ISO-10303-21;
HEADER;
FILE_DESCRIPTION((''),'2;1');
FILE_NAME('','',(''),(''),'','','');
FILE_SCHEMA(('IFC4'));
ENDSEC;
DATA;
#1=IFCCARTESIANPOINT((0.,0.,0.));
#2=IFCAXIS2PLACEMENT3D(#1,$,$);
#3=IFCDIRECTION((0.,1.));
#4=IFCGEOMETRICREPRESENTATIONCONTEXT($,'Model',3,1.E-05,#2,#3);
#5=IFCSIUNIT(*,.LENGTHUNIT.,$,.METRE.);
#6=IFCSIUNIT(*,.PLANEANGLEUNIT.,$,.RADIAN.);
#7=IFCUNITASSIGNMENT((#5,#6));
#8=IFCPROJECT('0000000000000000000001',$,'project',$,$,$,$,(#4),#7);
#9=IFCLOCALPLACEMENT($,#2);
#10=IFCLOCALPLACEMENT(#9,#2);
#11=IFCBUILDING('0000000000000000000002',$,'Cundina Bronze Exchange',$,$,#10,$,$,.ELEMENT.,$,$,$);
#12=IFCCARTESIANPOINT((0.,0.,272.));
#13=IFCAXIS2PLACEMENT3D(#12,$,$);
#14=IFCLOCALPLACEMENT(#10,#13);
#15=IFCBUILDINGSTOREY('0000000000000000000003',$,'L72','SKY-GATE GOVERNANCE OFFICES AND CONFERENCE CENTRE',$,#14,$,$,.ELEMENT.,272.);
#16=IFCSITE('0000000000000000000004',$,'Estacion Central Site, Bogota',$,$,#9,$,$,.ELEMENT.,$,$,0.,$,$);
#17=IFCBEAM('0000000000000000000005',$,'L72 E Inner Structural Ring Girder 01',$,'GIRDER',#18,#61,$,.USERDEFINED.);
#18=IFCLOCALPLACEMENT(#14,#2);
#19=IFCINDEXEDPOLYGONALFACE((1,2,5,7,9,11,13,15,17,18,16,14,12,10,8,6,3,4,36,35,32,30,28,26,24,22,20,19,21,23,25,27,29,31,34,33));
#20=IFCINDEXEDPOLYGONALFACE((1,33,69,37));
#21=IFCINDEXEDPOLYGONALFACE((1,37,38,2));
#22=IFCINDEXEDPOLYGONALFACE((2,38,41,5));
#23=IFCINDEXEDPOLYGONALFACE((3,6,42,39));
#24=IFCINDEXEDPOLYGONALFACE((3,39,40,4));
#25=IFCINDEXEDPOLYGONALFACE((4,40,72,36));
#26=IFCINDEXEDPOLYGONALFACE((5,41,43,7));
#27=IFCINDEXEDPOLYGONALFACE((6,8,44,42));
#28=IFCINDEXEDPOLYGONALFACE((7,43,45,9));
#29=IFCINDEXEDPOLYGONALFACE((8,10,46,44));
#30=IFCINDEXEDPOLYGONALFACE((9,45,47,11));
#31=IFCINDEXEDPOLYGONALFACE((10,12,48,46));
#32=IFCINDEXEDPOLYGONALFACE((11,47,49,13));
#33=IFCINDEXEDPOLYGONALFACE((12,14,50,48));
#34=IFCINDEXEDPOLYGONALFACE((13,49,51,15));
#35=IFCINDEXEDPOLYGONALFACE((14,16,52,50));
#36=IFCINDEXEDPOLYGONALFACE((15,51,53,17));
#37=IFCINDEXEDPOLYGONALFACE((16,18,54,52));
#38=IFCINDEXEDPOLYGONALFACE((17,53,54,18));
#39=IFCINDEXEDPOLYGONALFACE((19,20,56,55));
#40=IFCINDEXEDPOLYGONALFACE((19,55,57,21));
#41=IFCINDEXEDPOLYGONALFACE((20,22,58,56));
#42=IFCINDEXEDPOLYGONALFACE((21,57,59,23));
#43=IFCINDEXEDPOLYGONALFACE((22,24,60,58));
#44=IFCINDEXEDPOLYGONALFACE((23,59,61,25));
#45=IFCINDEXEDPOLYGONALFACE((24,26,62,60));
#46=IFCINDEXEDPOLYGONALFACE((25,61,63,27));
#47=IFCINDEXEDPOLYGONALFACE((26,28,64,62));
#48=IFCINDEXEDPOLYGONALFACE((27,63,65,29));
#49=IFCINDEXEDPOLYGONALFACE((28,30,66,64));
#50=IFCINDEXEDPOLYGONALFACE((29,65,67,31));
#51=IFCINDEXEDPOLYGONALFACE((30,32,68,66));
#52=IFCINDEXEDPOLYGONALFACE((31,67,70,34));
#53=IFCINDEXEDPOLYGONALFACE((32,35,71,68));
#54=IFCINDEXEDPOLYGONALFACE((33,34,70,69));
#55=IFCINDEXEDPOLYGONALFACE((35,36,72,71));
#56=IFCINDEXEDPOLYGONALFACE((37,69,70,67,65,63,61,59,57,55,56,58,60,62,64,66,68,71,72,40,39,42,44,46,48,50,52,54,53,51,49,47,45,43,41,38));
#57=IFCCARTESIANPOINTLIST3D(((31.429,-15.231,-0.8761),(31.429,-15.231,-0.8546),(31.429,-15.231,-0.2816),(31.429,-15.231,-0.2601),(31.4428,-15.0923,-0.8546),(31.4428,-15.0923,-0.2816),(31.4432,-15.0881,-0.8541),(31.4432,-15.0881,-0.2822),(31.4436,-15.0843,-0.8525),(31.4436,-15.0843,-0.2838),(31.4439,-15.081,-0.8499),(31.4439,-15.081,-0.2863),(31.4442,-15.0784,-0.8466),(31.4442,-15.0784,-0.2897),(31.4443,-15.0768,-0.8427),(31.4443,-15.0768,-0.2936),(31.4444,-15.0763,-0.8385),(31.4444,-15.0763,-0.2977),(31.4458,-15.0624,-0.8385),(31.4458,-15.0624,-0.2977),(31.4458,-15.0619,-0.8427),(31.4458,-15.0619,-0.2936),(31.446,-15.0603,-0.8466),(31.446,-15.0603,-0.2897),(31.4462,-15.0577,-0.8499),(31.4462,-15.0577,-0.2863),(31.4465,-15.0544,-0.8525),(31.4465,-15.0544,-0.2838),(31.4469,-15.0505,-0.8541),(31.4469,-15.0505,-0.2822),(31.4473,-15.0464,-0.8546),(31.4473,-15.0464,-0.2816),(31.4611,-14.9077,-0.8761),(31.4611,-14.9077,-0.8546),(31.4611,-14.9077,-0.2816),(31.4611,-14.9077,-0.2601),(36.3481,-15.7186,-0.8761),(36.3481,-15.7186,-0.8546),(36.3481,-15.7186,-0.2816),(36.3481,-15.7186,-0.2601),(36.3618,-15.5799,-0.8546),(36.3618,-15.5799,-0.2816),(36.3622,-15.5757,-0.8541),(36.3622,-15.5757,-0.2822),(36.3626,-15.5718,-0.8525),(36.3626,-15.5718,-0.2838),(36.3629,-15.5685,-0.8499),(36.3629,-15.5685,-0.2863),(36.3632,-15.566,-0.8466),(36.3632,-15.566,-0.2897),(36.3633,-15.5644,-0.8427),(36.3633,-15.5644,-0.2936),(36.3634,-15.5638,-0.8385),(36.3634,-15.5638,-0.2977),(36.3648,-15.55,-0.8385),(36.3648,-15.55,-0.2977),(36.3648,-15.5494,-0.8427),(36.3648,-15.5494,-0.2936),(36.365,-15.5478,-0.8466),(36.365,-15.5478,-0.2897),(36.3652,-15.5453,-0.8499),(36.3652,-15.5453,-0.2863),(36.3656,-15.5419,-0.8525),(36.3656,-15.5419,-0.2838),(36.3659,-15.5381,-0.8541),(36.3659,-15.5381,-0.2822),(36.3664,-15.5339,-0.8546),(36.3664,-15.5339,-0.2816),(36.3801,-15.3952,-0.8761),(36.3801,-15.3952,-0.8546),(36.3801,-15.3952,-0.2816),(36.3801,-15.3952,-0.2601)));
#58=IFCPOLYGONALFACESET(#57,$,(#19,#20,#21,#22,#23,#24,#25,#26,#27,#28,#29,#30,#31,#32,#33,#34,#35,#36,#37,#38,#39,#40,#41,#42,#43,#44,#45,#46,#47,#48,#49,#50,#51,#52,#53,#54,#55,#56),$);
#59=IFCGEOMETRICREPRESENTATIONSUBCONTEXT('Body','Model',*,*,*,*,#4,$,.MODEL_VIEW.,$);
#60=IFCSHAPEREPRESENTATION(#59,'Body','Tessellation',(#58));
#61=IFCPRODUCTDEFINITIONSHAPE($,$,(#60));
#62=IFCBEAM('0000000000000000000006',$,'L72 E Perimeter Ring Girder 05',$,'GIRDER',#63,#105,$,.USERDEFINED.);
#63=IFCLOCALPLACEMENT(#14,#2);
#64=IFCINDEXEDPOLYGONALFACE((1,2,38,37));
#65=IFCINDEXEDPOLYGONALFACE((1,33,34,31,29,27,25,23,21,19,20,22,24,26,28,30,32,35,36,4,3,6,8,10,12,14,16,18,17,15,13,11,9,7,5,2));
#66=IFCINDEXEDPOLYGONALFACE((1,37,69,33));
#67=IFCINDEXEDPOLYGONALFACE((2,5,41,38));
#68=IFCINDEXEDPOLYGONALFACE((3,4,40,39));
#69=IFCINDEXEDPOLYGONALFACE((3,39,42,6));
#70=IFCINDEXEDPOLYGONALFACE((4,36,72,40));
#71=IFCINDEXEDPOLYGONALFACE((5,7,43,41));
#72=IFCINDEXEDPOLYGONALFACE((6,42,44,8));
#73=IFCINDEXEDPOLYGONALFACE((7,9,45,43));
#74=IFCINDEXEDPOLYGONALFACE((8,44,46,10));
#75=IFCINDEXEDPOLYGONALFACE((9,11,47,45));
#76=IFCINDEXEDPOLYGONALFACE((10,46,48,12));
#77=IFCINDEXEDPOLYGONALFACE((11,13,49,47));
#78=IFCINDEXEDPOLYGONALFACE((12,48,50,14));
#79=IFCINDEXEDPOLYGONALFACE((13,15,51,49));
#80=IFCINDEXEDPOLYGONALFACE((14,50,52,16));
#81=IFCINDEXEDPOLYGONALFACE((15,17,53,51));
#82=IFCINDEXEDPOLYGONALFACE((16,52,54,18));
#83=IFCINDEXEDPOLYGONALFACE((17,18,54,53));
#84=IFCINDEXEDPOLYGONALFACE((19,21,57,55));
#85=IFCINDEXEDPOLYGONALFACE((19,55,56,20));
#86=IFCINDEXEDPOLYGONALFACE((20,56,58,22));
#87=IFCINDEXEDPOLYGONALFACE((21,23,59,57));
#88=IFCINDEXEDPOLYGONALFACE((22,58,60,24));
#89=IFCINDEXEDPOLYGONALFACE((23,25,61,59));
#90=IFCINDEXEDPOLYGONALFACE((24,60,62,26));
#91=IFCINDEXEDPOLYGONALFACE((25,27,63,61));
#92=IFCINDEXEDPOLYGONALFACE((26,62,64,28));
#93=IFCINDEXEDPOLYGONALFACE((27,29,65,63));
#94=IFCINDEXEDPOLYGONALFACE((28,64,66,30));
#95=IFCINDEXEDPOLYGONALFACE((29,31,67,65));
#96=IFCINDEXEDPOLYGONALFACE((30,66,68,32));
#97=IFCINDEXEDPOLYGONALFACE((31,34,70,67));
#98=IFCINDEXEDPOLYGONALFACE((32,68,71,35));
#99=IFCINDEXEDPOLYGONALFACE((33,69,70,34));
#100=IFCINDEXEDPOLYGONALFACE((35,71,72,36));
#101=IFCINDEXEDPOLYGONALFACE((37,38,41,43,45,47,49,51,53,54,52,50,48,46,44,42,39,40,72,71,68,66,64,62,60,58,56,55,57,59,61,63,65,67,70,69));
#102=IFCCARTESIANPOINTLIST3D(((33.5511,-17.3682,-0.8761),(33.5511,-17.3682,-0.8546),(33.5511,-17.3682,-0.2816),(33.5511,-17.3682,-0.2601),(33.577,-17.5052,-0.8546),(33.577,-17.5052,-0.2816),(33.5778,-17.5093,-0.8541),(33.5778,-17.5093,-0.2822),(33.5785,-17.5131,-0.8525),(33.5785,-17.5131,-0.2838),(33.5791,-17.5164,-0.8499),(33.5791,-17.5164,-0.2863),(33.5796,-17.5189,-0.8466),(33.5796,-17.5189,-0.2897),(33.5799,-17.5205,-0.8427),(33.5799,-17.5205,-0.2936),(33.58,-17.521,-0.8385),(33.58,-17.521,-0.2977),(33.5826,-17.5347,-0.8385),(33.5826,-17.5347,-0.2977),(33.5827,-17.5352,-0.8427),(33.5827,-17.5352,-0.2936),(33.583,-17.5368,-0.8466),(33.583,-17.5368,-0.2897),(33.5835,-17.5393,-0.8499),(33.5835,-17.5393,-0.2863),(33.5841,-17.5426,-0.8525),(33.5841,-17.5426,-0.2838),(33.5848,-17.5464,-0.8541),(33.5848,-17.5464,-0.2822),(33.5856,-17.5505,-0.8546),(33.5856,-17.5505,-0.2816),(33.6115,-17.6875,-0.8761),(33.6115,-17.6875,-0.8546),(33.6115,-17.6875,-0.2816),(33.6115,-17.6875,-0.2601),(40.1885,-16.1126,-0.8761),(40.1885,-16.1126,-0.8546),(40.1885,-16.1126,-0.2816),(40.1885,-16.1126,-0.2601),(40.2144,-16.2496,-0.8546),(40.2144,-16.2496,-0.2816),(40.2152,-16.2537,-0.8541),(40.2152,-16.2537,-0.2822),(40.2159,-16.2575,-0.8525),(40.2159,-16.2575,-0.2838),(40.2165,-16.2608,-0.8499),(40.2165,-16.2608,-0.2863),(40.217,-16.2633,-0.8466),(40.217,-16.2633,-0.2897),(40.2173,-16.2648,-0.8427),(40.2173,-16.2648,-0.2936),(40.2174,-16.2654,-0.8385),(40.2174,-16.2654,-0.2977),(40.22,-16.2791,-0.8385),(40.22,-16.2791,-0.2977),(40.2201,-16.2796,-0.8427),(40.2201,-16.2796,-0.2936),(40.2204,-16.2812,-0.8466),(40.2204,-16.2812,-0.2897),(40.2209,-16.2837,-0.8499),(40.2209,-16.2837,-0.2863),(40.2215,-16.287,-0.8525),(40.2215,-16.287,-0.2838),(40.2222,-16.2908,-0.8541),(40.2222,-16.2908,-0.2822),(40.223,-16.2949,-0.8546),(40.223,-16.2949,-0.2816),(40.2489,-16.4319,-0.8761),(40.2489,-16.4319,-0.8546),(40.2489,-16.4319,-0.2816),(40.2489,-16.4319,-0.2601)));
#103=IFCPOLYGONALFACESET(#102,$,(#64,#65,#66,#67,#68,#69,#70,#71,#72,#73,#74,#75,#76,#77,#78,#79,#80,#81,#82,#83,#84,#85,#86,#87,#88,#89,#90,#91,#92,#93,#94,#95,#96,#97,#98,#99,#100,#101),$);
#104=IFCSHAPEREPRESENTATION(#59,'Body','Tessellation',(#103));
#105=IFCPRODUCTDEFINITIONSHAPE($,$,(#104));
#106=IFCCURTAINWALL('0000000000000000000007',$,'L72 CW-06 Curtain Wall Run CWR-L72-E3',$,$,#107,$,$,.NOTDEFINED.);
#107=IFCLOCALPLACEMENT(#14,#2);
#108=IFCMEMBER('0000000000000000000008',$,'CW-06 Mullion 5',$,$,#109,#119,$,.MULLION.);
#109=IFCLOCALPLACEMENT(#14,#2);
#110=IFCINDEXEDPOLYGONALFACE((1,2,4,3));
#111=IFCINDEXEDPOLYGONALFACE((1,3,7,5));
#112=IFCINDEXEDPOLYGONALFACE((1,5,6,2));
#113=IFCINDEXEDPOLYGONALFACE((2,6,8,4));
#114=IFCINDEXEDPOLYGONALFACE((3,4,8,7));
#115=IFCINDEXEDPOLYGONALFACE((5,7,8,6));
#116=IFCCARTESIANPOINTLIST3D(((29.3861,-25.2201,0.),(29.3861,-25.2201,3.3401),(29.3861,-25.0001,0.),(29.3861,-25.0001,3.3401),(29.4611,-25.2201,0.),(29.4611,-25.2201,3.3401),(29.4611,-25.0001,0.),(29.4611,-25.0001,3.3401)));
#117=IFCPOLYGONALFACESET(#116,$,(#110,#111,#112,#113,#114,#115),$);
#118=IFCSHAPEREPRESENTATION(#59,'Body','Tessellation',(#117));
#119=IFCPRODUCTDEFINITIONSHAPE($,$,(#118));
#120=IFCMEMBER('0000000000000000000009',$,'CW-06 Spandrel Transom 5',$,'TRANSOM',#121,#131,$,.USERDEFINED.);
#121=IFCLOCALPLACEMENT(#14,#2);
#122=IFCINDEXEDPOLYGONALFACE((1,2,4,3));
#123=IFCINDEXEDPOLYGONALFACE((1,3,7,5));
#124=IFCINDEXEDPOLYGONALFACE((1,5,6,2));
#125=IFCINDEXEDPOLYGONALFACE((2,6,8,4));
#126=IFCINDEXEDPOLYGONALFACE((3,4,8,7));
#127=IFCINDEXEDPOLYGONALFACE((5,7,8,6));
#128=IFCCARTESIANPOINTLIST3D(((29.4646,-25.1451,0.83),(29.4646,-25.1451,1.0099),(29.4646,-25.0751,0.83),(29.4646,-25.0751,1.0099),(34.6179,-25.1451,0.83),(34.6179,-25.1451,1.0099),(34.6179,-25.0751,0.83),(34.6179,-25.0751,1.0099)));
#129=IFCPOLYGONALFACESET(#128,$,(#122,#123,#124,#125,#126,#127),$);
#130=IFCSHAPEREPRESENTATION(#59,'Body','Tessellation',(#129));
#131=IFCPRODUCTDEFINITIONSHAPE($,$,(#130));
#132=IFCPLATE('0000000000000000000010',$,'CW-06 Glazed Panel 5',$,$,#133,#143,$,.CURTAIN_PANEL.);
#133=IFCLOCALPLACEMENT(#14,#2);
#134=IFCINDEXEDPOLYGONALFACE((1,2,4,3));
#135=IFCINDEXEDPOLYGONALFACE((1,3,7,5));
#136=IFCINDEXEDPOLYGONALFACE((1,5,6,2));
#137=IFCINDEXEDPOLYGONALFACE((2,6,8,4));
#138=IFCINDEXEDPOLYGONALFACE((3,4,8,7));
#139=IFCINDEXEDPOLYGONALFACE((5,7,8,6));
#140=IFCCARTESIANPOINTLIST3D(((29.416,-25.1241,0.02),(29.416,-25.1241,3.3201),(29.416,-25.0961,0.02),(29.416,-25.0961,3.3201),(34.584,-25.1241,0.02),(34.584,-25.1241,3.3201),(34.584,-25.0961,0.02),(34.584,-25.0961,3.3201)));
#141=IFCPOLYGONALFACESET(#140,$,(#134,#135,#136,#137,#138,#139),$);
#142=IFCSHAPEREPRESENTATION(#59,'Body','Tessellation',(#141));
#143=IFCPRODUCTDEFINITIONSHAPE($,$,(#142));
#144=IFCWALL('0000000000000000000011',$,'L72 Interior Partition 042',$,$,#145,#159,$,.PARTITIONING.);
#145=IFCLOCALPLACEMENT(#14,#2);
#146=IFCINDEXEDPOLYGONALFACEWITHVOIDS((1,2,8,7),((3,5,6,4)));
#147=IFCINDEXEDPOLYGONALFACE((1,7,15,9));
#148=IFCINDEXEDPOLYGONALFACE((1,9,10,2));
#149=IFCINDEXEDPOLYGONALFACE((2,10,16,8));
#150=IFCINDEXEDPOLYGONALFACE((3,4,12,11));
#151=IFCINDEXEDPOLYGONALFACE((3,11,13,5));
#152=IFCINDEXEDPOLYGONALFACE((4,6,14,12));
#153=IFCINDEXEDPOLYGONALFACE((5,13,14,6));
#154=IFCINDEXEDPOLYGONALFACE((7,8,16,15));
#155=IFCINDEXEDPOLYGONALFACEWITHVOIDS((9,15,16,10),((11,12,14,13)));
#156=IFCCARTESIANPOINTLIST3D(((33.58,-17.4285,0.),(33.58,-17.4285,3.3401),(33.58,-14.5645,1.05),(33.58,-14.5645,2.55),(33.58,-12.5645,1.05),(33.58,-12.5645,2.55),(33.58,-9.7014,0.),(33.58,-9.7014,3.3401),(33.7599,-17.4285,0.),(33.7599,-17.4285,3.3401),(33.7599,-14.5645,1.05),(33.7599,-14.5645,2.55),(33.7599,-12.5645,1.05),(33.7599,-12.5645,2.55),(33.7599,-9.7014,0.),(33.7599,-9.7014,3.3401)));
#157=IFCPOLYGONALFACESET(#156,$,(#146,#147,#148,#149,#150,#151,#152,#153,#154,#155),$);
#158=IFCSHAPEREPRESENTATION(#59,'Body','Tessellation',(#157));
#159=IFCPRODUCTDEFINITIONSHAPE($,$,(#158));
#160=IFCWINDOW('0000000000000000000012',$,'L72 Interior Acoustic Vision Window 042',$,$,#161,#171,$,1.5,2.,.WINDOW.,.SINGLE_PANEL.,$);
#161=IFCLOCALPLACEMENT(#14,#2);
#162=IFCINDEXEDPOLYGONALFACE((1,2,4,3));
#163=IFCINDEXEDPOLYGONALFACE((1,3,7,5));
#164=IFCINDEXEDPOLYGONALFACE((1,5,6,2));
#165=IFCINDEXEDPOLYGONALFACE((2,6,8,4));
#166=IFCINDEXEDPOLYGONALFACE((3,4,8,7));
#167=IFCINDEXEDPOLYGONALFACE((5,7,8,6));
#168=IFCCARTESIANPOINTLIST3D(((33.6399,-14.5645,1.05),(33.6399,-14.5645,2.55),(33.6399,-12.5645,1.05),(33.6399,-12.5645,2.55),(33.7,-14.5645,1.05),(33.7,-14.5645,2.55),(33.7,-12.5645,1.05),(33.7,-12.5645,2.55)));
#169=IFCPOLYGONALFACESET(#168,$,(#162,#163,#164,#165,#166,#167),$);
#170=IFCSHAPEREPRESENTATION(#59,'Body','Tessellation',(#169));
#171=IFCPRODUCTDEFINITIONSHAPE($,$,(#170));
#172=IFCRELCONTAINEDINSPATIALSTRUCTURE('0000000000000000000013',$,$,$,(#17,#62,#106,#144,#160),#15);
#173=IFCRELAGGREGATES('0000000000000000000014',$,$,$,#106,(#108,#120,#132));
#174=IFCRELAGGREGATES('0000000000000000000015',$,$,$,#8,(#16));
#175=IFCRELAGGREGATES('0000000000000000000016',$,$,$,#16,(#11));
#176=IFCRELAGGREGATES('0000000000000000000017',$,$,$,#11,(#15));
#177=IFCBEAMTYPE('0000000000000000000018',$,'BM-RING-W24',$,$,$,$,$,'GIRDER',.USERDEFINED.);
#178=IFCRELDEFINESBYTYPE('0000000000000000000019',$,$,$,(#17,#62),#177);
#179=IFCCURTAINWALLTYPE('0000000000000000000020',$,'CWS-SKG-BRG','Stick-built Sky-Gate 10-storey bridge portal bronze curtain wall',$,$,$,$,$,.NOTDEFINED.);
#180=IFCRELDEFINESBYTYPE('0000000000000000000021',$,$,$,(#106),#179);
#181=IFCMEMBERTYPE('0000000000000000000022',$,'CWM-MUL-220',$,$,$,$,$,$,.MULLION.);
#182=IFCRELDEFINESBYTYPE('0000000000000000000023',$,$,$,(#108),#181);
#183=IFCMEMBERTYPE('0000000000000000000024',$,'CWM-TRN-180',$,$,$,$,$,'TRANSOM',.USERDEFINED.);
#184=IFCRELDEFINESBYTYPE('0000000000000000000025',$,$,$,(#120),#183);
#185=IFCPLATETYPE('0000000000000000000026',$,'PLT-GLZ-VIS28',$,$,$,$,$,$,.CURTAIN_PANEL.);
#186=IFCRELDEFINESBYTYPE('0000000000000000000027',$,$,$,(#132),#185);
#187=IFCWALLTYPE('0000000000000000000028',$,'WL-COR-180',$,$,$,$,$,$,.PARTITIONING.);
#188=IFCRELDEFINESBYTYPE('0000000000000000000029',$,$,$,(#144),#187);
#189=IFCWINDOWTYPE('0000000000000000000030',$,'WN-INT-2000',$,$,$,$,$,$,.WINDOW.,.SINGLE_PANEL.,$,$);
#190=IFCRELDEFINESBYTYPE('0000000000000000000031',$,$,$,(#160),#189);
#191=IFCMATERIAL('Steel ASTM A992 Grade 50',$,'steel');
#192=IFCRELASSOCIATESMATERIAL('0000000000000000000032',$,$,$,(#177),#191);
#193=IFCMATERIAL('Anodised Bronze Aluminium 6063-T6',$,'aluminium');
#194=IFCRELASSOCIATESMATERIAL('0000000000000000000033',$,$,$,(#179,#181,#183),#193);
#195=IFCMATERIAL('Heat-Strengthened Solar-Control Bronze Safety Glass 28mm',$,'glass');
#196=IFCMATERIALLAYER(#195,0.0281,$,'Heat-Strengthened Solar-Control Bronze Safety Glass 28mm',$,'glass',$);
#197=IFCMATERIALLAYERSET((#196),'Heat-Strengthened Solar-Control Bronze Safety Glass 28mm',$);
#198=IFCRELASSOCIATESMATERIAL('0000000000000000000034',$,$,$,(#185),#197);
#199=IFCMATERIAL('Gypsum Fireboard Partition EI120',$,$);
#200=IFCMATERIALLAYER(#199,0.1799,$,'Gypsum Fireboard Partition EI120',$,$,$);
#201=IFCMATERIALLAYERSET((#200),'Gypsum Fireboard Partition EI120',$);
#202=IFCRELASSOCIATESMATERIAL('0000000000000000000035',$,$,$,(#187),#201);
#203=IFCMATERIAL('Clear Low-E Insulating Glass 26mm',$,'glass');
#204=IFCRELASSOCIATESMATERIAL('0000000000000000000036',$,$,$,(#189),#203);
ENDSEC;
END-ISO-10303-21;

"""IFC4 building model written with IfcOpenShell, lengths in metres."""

from ifc_helpers import new_model, si_unit, direction, frame, frame_2d, origin, origin_2d, place, context, subcontext, project, spatial, rectangle, i_section, extrude, material, layer, layer_set, material_profile, profile_set, type_object, element, fill, aggregate, save


model = new_model("IFC4")

# Units and contexts
model_context = context("Model", 3, precision=1e-05, world=origin(), true_north=direction((0.0, 1.0)))
body_context = subcontext(model_context, "Body", "Model", "MODEL_VIEW")
ifc_project = project(units=[si_unit("LENGTHUNIT", "METRE"), si_unit("PLANEANGLEUNIT", "RADIAN")], contexts=[model_context])

# Site, building, storey
site_placement = place(None, origin())
site = spatial("IfcSite", under=ifc_project, at=site_placement, Name="Estacion Central Site, Bogota", CompositionType="ELEMENT", RefElevation=0.0)
building_placement = place(site_placement, origin())
building = spatial("IfcBuilding", under=site, at=building_placement, Name="Cundina Bronze Exchange", CompositionType="ELEMENT")
storey_placement = place(building_placement, frame((0.0, 0.0, 272.0)))
storey = spatial("IfcBuildingStorey", under=building, at=storey_placement, Name="L72", Description="SKY-GATE GOVERNANCE OFFICES AND CONFERENCE CENTRE", CompositionType="ELEMENT", Elevation=272.0)

# Shared definitions
ifc_material_1 = material(Name="Steel ASTM A992 Grade 50", Category="steel")

# Beams
ifc_material_profile_1 = material_profile(ifc_material_1, i_section(OverallWidth=0.325, OverallDepth=0.616, WebThickness=0.0139, FlangeThickness=0.0215, FilletRadius=0.0161, at=origin_2d()), Name="W24X117", Category="steel")
ifc_profile_set_1 = profile_set([ifc_material_profile_1], Name="Steel ASTM A992 Grade 50")
beam_type_1 = type_object("IfcBeamType", Name="BM-RING-W24", ElementType="GIRDER", PredefinedType="USERDEFINED", material=ifc_profile_set_1)
beam_1_placement = place(storey_placement, frame((31.4451, -15.0693, -0.5681), z_axis=(0.995124, -0.098633, 0.0), x_axis=(0.098633, 0.995124, 0.0)))
element("IfcBeam", 1, at=beam_1_placement, inside=storey, type_object=beam_type_1, Name="L72 E Inner Structural Ring Girder 01", ObjectType="GIRDER", PredefinedType="USERDEFINED", context=body_context, shape_type="SweptSolid", body=[
    extrude(i_section(OverallWidth=0.325, OverallDepth=0.616, WebThickness=0.0139, FlangeThickness=0.0215, FilletRadius=0.0161, at=origin_2d()), origin(), (0.0, 0.0, 1.0), 4.9431),
])
beam_2_placement = place(storey_placement, frame((33.5813, -17.5278, -0.5681), z_axis=(0.982573, 0.185875, 0.0), x_axis=(-0.185875, 0.982573, 0.0)))
element("IfcBeam", 2, at=beam_2_placement, inside=storey, type_object=beam_type_1, Name="L72 E Perimeter Ring Girder 05", ObjectType="GIRDER", PredefinedType="USERDEFINED", context=body_context, shape_type="SweptSolid", body=[
    extrude(i_section(OverallWidth=0.325, OverallDepth=0.616, WebThickness=0.0139, FlangeThickness=0.0215, FilletRadius=0.0161, at=origin_2d()), origin(), (0.0, 0.0, 1.0), 6.7551),
])

# Curtain wall, members, plate
ifc_material_2 = material(Name="Anodised Bronze Aluminium 6063-T6", Category="aluminium")
curtain_wall_type = type_object("IfcCurtainWallType", Name="CWS-SKG-BRG", Description="Stick-built Sky-Gate 10-storey bridge portal bronze curtain wall", PredefinedType="NOTDEFINED", material=ifc_material_2)
curtain_wall_placement = place(storey_placement, origin())
curtain_wall = element("IfcCurtainWall", 3, at=curtain_wall_placement, inside=storey, type_object=curtain_wall_type, Name="L72 CW-06 Curtain Wall Run CWR-L72-E3", PredefinedType="NOTDEFINED")
ifc_material_profile_2 = material_profile(ifc_material_2, rectangle(XDim=0.075, YDim=0.22, at=origin_2d()), Name="AL75X220", Category="aluminium")
ifc_profile_set_2 = profile_set([ifc_material_profile_2], Name="Anodised Bronze Aluminium 6063-T6")
member_type_1 = type_object("IfcMemberType", Name="CWM-MUL-220", PredefinedType="MULLION", material=ifc_profile_set_2)
member_1_placement = place(storey_placement, frame((29.4236, -25.1101, 0.0), z_axis=(0.0, 0.0, 1.0), x_axis=(1.0, 0.0, 0.0)))
member_1 = element("IfcMember", 4, at=member_1_placement, type_object=member_type_1, Name="CW-06 Mullion 5", PredefinedType="MULLION", context=body_context, shape_type="SweptSolid", body=[
    extrude(rectangle(XDim=0.075, YDim=0.22, at=origin_2d()), origin(), (0.0, 0.0, 1.0), 3.3401),
])
ifc_material_profile_3 = material_profile(ifc_material_2, rectangle(XDim=0.0701, YDim=0.1799, at=origin_2d()), Name="AL70X180", Category="aluminium")
ifc_profile_set_3 = profile_set([ifc_material_profile_3], Name="Anodised Bronze Aluminium 6063-T6")
member_type_2 = type_object("IfcMemberType", Name="CWM-TRN-180", ElementType="TRANSOM", PredefinedType="USERDEFINED", material=ifc_profile_set_3)
member_2_placement = place(storey_placement, frame((29.4646, -25.1101, 0.9199), z_axis=(1.0, 0.0, 0.0), x_axis=(0.0, 1.0, 0.0)))
member_2 = element("IfcMember", 5, at=member_2_placement, type_object=member_type_2, Name="CW-06 Spandrel Transom 5", ObjectType="TRANSOM", PredefinedType="USERDEFINED", context=body_context, shape_type="SweptSolid", body=[
    extrude(rectangle(XDim=0.0701, YDim=0.1799, at=origin_2d()), origin(), (0.0, 0.0, 1.0), 5.1533),
])
ifc_material_3 = material(Name="Heat-Strengthened Solar-Control Bronze Safety Glass 28mm", Category="glass")
ifc_layer_1 = layer(ifc_material_3, 0.0281, Name="Heat-Strengthened Solar-Control Bronze Safety Glass 28mm", Category="glass")
ifc_layer_set_1 = layer_set([ifc_layer_1], Name="Heat-Strengthened Solar-Control Bronze Safety Glass 28mm")
plate_type = type_object("IfcPlateType", Name="PLT-GLZ-VIS28", PredefinedType="CURTAIN_PANEL", material=ifc_layer_set_1)
plate_placement = place(storey_placement, frame((32.0, -25.1101, 0.02), z_axis=(0.0, 0.0, 1.0), x_axis=(1.0, 0.0, 0.0)))
plate = element("IfcPlate", 6, at=plate_placement, type_object=plate_type, Name="CW-06 Glazed Panel 5", PredefinedType="CURTAIN_PANEL", context=body_context, shape_type="SweptSolid", body=[
    extrude(rectangle(XDim=5.168, YDim=0.0281, at=origin_2d()), origin(), (0.0, 0.0, 1.0), 3.3),
])
aggregate(curtain_wall, [member_1, member_2, plate])

# Wall, opening, window
ifc_material_4 = material(Name="Gypsum Fireboard Partition EI120")
ifc_layer_2 = layer(ifc_material_4, 0.1799, Name="Gypsum Fireboard Partition EI120")
ifc_layer_set_2 = layer_set([ifc_layer_2], Name="Gypsum Fireboard Partition EI120")
wall_type_1 = type_object("IfcWallType", Name="WL-COR-180", PredefinedType="PARTITIONING", material=ifc_layer_set_2)
wall_1_placement = place(storey_placement, frame((33.6699, -17.4285, 0.0), z_axis=(0.0, 0.0, 1.0), x_axis=(0.0, 1.0, 0.0)))
wall_1 = element("IfcWall", 7, at=wall_1_placement, inside=storey, type_object=wall_type_1, Name="L72 Interior Partition 042", PredefinedType="PARTITIONING", context=body_context, shape_type="SweptSolid", body=[
    extrude(rectangle(XDim=7.7271, YDim=0.1799, at=frame_2d((3.8635, 0.0))), origin(), (0.0, 0.0, 1.0), 3.3401),
])
opening_1_placement = place(wall_1_placement, frame((2.864, 0.0, 1.05)))
opening_1 = element("IfcOpeningElement", 8, at=opening_1_placement, cuts=wall_1, PredefinedType="OPENING", context=body_context, shape_type="SweptSolid", body=[
    extrude(rectangle(XDim=2.0, YDim=1.5, at=frame_2d((1.0, 0.75))), frame((0.0, 0.0999, 0.0), z_axis=(0.0, -1.0, 0.0), x_axis=(1.0, 0.0, 0.0)), (0.0, 0.0, 1.0), 0.2),
])
ifc_material_5 = material(Name="Clear Low-E Insulating Glass 26mm", Category="glass")
window_type = type_object("IfcWindowType", Name="WN-INT-2000", PartitioningType="SINGLE_PANEL", PredefinedType="WINDOW", material=ifc_material_5)
window_placement = place(opening_1_placement, origin())
window = element("IfcWindow", 9, at=window_placement, inside=storey, type_object=window_type, Name="L72 Interior Acoustic Vision Window 042", OverallHeight=1.5, OverallWidth=2.0, PartitioningType="SINGLE_PANEL", PredefinedType="WINDOW", context=body_context, shape_type="SweptSolid", body=[
    extrude(rectangle(XDim=2.0, YDim=1.5, at=frame_2d((1.0, 0.75))), frame((0.0, 0.03, 0.0), z_axis=(0.0, -1.0, 0.0), x_axis=(1.0, 0.0, 0.0)), (0.0, 0.0, 1.0), 0.0601),
])
fill(opening_1, window)

save(model, "model.ifc")
